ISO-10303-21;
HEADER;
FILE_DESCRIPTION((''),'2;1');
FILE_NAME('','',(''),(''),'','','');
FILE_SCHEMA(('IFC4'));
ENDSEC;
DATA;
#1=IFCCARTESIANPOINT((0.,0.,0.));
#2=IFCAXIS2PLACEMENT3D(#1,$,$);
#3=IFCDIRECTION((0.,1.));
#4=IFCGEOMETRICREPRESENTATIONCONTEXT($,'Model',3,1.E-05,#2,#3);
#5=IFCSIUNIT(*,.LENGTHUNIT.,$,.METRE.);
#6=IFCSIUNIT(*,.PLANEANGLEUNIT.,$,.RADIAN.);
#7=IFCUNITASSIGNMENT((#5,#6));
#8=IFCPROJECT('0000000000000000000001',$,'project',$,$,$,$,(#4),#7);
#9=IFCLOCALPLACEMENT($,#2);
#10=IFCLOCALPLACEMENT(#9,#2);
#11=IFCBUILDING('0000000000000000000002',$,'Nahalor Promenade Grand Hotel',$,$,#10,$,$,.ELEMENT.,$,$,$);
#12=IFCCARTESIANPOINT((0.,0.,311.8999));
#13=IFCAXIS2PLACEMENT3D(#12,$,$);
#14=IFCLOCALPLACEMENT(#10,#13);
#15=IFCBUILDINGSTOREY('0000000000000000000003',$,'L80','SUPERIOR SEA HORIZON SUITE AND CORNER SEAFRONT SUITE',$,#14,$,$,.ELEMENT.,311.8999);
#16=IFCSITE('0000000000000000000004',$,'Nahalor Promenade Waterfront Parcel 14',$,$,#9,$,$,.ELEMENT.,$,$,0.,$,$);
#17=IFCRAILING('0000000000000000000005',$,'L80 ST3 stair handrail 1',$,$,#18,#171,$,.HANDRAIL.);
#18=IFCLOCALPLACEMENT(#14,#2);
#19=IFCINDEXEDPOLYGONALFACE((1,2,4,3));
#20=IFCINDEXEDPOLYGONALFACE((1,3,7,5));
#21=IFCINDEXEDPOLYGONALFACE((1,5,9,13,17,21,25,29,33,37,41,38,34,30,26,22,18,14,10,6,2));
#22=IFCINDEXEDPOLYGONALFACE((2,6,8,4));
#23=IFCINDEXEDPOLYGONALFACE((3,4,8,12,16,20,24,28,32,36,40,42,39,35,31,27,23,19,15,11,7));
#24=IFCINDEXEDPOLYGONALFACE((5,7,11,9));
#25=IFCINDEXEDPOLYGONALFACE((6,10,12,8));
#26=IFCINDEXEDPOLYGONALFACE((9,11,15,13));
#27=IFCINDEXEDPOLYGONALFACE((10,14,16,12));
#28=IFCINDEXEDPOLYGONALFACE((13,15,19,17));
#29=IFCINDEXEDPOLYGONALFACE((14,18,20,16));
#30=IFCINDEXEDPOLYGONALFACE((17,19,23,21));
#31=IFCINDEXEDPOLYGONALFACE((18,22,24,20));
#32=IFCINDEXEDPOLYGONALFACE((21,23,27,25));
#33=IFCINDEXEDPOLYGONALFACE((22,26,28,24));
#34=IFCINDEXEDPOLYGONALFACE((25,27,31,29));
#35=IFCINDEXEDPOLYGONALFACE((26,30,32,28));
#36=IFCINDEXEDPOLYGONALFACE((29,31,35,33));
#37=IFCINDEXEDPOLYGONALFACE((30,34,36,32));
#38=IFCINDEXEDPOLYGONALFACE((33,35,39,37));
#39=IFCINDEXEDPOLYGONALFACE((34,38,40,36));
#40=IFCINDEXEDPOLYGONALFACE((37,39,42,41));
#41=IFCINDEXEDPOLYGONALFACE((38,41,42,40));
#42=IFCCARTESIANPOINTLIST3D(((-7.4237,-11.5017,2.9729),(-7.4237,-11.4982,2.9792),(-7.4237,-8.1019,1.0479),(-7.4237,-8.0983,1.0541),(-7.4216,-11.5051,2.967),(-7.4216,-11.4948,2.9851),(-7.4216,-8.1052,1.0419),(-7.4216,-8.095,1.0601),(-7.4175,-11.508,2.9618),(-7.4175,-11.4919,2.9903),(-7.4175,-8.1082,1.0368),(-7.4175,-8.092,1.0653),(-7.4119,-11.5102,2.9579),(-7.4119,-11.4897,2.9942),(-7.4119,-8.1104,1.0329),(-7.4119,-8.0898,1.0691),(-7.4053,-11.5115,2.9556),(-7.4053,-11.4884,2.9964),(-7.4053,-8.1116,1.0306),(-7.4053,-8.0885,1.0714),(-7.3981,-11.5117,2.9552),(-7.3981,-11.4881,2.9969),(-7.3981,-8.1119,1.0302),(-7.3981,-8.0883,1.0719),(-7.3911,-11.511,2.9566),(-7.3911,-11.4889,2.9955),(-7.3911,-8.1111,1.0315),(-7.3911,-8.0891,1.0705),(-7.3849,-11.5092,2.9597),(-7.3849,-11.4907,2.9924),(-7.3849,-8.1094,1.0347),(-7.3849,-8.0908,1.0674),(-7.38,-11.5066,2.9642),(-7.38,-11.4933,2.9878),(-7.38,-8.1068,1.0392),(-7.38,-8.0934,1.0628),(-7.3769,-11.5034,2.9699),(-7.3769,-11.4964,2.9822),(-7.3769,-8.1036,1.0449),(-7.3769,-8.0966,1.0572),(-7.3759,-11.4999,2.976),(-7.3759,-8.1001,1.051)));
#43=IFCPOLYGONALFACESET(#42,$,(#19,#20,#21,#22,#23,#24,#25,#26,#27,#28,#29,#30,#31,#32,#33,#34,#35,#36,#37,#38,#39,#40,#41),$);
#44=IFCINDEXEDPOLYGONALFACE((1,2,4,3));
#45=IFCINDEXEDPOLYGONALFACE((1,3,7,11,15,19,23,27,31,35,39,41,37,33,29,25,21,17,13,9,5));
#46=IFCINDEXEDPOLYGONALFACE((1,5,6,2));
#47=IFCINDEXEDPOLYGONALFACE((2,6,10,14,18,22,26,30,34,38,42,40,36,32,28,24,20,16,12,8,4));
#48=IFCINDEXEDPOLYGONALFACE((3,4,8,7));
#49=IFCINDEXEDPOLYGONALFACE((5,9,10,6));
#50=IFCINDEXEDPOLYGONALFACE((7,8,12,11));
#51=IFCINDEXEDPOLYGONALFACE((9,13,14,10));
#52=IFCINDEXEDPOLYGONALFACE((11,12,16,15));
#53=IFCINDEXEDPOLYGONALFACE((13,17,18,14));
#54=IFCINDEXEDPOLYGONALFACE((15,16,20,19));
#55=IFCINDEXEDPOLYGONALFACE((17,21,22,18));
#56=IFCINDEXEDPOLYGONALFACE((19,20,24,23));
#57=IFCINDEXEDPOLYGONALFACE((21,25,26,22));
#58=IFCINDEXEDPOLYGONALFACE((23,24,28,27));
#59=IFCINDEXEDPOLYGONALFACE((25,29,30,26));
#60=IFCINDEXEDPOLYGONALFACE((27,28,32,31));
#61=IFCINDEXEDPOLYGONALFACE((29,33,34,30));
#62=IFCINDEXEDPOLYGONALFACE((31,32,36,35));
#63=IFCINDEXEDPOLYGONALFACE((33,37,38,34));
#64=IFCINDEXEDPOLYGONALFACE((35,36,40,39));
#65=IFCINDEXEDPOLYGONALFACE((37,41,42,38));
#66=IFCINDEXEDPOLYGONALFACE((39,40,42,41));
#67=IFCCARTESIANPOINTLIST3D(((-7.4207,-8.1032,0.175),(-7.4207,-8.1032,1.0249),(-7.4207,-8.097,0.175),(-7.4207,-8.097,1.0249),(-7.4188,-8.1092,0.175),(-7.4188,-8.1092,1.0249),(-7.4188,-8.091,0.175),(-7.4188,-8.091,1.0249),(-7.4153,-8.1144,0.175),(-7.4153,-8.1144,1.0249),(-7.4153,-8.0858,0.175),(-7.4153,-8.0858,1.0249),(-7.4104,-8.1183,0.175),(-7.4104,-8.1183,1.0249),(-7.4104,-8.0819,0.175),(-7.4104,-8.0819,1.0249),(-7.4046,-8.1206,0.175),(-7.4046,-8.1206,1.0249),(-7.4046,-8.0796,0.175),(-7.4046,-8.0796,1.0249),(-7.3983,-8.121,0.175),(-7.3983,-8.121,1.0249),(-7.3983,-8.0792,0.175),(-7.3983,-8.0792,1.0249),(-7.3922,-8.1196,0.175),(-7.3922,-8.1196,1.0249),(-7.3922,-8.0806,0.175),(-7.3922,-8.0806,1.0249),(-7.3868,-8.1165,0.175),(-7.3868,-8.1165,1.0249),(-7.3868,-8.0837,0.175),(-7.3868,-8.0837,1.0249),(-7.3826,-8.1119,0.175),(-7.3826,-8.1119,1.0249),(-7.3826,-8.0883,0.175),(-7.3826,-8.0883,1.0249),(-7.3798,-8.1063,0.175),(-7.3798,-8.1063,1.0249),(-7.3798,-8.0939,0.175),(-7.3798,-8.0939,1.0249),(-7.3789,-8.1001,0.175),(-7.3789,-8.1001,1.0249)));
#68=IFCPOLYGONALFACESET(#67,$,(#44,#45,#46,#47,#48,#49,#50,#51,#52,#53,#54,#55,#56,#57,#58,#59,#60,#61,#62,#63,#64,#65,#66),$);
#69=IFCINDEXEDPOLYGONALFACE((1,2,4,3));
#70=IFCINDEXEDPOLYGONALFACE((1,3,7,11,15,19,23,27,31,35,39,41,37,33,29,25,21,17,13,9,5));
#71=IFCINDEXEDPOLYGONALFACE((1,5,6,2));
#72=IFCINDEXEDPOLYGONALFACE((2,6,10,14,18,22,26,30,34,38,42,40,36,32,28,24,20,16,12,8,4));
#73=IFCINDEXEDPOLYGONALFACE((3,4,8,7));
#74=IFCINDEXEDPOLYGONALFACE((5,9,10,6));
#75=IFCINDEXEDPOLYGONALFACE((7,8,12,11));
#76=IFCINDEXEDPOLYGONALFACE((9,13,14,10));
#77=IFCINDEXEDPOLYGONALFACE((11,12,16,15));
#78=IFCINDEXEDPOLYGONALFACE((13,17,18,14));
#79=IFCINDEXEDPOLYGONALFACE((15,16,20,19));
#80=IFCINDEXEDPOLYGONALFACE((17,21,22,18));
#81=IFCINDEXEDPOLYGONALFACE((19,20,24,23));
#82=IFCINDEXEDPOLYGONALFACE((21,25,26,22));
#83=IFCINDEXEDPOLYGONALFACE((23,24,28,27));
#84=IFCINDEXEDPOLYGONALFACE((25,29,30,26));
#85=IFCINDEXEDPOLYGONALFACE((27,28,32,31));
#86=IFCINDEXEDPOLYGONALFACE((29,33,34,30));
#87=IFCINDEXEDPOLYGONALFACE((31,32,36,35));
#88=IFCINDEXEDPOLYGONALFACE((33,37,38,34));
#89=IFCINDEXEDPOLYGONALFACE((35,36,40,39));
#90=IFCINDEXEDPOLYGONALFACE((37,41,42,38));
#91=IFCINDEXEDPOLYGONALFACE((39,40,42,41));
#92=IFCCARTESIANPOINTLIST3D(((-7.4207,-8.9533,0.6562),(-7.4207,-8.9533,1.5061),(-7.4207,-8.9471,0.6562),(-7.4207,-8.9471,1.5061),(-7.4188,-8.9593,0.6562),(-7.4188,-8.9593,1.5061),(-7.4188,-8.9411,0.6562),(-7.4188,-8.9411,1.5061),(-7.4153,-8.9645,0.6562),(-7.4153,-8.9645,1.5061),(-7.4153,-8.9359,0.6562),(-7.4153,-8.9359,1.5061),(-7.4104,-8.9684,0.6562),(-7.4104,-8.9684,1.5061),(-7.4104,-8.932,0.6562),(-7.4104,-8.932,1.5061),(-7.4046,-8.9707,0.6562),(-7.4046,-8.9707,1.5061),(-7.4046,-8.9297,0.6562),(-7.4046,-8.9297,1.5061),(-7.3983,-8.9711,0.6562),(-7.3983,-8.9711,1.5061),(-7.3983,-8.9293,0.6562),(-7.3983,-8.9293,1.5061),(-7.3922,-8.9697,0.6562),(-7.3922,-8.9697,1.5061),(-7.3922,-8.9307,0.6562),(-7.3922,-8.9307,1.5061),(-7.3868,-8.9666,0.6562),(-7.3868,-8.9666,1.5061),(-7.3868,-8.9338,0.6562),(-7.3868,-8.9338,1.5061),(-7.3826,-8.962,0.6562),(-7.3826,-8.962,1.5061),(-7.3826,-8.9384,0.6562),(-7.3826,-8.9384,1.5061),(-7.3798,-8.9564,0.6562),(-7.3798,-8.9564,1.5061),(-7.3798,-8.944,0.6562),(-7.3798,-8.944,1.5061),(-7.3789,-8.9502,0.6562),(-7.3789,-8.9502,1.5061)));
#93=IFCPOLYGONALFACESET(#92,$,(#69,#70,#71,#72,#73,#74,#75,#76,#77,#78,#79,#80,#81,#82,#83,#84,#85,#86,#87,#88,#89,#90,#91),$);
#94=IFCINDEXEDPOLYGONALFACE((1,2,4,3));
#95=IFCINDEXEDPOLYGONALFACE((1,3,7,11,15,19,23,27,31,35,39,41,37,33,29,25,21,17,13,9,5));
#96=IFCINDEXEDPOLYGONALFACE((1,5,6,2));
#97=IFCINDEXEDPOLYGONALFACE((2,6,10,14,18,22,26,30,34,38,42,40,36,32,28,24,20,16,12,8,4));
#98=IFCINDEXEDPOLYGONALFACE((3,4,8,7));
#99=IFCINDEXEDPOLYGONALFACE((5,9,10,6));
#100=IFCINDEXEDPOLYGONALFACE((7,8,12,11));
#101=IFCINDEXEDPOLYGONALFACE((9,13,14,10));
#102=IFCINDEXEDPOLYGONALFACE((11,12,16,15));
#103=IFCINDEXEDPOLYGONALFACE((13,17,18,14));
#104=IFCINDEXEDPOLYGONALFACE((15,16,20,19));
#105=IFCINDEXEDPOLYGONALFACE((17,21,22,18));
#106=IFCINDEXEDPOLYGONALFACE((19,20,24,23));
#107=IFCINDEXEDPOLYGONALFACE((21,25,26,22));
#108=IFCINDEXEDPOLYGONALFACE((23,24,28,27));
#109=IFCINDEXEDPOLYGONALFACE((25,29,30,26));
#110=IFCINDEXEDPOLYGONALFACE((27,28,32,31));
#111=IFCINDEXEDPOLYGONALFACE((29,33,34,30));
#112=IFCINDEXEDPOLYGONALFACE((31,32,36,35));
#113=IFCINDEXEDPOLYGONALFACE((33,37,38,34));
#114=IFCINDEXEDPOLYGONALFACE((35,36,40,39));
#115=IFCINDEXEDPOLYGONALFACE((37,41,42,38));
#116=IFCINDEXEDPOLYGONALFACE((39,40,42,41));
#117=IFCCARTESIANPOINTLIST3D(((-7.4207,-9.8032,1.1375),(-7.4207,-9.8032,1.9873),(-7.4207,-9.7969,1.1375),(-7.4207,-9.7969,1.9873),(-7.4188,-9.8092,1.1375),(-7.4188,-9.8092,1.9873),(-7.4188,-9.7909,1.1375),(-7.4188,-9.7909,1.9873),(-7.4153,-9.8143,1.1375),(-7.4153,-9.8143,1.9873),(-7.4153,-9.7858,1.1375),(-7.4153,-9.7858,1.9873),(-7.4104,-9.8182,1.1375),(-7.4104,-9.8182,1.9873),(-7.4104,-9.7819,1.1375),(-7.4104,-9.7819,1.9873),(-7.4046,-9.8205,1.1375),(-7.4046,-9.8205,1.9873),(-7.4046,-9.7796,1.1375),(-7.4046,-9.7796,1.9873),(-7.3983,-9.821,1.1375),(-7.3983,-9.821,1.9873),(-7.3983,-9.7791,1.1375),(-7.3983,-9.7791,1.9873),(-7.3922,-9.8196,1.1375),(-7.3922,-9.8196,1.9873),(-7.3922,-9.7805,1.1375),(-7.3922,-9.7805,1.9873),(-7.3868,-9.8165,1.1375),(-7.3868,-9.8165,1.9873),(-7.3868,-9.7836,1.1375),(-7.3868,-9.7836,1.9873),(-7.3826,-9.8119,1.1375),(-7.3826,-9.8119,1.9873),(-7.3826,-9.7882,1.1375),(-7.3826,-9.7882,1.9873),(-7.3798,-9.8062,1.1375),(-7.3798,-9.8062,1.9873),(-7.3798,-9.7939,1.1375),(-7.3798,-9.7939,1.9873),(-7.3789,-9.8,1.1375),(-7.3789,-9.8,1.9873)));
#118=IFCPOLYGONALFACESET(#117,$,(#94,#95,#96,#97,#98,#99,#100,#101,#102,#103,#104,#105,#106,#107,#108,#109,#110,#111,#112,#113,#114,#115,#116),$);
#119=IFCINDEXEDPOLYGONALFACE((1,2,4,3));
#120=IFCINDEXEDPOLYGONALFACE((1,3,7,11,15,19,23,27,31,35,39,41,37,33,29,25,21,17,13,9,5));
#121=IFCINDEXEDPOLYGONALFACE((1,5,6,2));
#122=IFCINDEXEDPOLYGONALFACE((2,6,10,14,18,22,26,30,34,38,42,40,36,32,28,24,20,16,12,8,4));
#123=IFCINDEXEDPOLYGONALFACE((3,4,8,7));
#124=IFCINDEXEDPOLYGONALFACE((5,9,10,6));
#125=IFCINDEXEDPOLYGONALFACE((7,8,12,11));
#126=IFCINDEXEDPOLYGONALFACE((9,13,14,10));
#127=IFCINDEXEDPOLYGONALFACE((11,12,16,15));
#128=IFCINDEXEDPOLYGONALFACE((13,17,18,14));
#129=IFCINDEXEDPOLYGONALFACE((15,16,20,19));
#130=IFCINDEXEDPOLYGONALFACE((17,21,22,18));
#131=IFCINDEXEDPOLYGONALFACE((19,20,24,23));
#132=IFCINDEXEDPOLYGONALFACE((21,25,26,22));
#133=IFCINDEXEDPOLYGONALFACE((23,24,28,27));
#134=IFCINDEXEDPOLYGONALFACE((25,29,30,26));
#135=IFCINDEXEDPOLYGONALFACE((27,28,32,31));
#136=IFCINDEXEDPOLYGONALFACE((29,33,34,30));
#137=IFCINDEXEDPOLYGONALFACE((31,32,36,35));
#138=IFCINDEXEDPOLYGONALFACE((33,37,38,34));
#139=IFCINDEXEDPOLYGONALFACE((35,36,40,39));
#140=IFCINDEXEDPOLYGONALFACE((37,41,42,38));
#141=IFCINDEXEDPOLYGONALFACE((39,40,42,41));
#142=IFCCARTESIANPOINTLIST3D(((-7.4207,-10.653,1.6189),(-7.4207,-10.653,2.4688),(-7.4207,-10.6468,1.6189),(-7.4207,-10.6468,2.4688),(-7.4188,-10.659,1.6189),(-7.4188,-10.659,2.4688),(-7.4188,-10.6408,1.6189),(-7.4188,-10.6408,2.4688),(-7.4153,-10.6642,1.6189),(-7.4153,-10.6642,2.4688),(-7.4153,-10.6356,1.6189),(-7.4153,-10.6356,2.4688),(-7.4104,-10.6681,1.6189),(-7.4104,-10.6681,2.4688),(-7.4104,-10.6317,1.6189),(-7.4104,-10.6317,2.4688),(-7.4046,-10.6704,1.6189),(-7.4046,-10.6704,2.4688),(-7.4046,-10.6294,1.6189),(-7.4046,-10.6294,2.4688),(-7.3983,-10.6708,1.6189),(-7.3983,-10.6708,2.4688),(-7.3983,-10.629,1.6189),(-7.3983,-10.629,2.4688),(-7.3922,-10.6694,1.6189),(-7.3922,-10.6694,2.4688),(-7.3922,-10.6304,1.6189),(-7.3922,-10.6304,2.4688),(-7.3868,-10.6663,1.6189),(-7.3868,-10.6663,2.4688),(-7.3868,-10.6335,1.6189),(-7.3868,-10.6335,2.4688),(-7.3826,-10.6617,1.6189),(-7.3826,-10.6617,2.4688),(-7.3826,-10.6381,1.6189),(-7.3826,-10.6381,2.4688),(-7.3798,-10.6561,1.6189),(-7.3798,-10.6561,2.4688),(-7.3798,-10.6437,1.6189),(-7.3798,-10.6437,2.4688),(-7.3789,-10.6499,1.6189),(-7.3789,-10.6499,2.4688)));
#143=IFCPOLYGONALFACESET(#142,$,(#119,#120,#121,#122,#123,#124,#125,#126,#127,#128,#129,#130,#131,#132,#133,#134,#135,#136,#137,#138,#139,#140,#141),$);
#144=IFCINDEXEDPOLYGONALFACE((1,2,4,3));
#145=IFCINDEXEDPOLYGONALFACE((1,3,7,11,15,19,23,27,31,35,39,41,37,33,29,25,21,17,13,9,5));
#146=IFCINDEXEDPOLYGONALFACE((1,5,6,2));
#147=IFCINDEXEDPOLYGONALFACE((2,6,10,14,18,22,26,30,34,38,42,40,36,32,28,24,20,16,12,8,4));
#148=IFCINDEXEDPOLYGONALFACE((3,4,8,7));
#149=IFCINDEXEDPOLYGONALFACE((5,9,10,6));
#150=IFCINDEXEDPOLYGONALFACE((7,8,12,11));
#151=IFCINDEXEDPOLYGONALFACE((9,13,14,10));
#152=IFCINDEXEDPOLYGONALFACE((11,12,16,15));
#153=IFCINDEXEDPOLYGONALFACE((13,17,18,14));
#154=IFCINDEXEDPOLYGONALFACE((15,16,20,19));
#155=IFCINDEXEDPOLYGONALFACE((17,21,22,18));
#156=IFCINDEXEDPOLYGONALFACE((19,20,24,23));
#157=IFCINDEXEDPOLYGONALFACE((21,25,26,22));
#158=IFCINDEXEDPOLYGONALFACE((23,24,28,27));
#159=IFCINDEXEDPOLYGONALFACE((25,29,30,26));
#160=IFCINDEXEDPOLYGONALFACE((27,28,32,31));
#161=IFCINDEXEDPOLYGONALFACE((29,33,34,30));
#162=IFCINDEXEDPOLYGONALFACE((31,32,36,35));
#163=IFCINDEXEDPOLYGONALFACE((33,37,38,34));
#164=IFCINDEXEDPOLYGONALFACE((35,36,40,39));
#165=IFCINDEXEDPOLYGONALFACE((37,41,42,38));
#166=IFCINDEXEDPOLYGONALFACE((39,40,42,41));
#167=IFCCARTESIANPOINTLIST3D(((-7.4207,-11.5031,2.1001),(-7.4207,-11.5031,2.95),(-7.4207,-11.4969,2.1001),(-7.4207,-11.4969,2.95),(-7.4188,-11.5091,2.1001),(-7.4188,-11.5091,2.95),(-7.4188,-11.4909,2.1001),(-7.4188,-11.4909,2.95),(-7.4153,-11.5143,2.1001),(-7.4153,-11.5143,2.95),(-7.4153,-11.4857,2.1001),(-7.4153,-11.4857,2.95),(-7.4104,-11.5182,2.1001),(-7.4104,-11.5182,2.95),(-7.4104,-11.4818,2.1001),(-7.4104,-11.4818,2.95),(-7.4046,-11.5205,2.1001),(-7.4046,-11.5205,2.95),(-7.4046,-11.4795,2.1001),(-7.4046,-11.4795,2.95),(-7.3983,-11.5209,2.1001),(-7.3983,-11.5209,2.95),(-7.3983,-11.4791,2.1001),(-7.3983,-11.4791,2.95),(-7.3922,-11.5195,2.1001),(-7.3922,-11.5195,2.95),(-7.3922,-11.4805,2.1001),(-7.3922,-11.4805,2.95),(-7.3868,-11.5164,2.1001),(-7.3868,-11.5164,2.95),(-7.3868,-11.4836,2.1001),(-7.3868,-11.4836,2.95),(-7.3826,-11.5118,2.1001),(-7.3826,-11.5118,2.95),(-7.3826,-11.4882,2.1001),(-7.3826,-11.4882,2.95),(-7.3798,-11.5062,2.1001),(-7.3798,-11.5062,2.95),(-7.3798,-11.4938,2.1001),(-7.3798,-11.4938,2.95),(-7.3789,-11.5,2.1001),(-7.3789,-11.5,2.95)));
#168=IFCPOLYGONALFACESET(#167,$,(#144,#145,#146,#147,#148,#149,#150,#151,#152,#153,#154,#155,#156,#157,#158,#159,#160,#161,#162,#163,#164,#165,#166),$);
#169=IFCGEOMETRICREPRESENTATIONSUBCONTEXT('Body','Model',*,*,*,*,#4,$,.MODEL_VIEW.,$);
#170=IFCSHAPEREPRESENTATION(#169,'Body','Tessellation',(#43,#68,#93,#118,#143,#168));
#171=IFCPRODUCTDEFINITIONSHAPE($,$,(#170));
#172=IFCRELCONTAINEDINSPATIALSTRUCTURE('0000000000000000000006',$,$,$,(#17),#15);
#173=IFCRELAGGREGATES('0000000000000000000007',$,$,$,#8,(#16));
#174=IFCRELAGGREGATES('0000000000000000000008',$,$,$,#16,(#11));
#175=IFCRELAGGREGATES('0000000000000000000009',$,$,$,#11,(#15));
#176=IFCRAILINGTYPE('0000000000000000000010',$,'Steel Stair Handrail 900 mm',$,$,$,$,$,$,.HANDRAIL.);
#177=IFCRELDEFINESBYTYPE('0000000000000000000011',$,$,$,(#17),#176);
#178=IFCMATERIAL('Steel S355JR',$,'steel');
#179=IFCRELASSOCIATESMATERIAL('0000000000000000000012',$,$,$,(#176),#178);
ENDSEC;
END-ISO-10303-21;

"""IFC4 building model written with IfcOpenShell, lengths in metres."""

from ifc_helpers import new_model, si_unit, direction, frame, origin, origin_2d, place, context, subcontext, project, spatial, circle, extrude, material, type_object, element, save


model = new_model("IFC4")

# Units and contexts
model_context = context("Model", 3, precision=1e-05, world=origin(), true_north=direction((0.0, 1.0)))
body_context = subcontext(model_context, "Body", "Model", "MODEL_VIEW")
ifc_project = project(units=[si_unit("LENGTHUNIT", "METRE"), si_unit("PLANEANGLEUNIT", "RADIAN")], contexts=[model_context])

# Site, building, storey
site_placement = place(None, origin())
site = spatial("IfcSite", under=ifc_project, at=site_placement, Name="Nahalor Promenade Waterfront Parcel 14", CompositionType="ELEMENT", RefElevation=0.0)
building_placement = place(site_placement, origin())
building = spatial("IfcBuilding", under=site, at=building_placement, Name="Nahalor Promenade Grand Hotel", CompositionType="ELEMENT")
storey_placement = place(building_placement, frame((0.0, 0.0, 311.8999)))
storey = spatial("IfcBuildingStorey", under=building, at=storey_placement, Name="L80", Description="SUPERIOR SEA HORIZON SUITE AND CORNER SEAFRONT SUITE", CompositionType="ELEMENT", Elevation=311.8999)

# Shared definitions
ifc_material_1 = material(Name="Steel S355JR", Category="steel")

# Railing
railing_type_1 = type_object("IfcRailingType", Name="Steel Stair Handrail 900 mm", PredefinedType="HANDRAIL", material=ifc_material_1)
railing_1_placement = place(storey_placement, frame((-7.3999, -8.1001, 0.175)))
element("IfcRailing", 1, at=railing_1_placement, inside=storey, type_object=railing_type_1, Name="L80 ST3 stair handrail 1", PredefinedType="HANDRAIL", context=body_context, shape_type="SweptSolid", body=[
    extrude(circle(Radius=0.024, at=origin_2d()), frame((0.0, 0.0, 0.876), z_axis=(0.0, -0.870194, 0.49271), x_axis=(1.0, 0.0, 0.0)), (0.0, 0.0, 1.0), 3.907),
    extrude(circle(Radius=0.021, at=origin_2d()), origin(), (0.0, 0.0, 1.0), 0.8499),
    extrude(circle(Radius=0.021, at=origin_2d()), frame((0.0, -0.8501, 0.4812)), (0.0, 0.0, 1.0), 0.8499),
    extrude(circle(Radius=0.021, at=origin_2d()), frame((0.0, -1.7, 0.9624)), (0.0, 0.0, 1.0), 0.8499),
    extrude(circle(Radius=0.021, at=origin_2d()), frame((0.0, -2.5498, 1.4438)), (0.0, 0.0, 1.0), 0.8499),
    extrude(circle(Radius=0.021, at=origin_2d()), frame((0.0, -3.3999, 1.925)), (0.0, 0.0, 1.0), 0.8499),
])

save(model, "model.ifc")
